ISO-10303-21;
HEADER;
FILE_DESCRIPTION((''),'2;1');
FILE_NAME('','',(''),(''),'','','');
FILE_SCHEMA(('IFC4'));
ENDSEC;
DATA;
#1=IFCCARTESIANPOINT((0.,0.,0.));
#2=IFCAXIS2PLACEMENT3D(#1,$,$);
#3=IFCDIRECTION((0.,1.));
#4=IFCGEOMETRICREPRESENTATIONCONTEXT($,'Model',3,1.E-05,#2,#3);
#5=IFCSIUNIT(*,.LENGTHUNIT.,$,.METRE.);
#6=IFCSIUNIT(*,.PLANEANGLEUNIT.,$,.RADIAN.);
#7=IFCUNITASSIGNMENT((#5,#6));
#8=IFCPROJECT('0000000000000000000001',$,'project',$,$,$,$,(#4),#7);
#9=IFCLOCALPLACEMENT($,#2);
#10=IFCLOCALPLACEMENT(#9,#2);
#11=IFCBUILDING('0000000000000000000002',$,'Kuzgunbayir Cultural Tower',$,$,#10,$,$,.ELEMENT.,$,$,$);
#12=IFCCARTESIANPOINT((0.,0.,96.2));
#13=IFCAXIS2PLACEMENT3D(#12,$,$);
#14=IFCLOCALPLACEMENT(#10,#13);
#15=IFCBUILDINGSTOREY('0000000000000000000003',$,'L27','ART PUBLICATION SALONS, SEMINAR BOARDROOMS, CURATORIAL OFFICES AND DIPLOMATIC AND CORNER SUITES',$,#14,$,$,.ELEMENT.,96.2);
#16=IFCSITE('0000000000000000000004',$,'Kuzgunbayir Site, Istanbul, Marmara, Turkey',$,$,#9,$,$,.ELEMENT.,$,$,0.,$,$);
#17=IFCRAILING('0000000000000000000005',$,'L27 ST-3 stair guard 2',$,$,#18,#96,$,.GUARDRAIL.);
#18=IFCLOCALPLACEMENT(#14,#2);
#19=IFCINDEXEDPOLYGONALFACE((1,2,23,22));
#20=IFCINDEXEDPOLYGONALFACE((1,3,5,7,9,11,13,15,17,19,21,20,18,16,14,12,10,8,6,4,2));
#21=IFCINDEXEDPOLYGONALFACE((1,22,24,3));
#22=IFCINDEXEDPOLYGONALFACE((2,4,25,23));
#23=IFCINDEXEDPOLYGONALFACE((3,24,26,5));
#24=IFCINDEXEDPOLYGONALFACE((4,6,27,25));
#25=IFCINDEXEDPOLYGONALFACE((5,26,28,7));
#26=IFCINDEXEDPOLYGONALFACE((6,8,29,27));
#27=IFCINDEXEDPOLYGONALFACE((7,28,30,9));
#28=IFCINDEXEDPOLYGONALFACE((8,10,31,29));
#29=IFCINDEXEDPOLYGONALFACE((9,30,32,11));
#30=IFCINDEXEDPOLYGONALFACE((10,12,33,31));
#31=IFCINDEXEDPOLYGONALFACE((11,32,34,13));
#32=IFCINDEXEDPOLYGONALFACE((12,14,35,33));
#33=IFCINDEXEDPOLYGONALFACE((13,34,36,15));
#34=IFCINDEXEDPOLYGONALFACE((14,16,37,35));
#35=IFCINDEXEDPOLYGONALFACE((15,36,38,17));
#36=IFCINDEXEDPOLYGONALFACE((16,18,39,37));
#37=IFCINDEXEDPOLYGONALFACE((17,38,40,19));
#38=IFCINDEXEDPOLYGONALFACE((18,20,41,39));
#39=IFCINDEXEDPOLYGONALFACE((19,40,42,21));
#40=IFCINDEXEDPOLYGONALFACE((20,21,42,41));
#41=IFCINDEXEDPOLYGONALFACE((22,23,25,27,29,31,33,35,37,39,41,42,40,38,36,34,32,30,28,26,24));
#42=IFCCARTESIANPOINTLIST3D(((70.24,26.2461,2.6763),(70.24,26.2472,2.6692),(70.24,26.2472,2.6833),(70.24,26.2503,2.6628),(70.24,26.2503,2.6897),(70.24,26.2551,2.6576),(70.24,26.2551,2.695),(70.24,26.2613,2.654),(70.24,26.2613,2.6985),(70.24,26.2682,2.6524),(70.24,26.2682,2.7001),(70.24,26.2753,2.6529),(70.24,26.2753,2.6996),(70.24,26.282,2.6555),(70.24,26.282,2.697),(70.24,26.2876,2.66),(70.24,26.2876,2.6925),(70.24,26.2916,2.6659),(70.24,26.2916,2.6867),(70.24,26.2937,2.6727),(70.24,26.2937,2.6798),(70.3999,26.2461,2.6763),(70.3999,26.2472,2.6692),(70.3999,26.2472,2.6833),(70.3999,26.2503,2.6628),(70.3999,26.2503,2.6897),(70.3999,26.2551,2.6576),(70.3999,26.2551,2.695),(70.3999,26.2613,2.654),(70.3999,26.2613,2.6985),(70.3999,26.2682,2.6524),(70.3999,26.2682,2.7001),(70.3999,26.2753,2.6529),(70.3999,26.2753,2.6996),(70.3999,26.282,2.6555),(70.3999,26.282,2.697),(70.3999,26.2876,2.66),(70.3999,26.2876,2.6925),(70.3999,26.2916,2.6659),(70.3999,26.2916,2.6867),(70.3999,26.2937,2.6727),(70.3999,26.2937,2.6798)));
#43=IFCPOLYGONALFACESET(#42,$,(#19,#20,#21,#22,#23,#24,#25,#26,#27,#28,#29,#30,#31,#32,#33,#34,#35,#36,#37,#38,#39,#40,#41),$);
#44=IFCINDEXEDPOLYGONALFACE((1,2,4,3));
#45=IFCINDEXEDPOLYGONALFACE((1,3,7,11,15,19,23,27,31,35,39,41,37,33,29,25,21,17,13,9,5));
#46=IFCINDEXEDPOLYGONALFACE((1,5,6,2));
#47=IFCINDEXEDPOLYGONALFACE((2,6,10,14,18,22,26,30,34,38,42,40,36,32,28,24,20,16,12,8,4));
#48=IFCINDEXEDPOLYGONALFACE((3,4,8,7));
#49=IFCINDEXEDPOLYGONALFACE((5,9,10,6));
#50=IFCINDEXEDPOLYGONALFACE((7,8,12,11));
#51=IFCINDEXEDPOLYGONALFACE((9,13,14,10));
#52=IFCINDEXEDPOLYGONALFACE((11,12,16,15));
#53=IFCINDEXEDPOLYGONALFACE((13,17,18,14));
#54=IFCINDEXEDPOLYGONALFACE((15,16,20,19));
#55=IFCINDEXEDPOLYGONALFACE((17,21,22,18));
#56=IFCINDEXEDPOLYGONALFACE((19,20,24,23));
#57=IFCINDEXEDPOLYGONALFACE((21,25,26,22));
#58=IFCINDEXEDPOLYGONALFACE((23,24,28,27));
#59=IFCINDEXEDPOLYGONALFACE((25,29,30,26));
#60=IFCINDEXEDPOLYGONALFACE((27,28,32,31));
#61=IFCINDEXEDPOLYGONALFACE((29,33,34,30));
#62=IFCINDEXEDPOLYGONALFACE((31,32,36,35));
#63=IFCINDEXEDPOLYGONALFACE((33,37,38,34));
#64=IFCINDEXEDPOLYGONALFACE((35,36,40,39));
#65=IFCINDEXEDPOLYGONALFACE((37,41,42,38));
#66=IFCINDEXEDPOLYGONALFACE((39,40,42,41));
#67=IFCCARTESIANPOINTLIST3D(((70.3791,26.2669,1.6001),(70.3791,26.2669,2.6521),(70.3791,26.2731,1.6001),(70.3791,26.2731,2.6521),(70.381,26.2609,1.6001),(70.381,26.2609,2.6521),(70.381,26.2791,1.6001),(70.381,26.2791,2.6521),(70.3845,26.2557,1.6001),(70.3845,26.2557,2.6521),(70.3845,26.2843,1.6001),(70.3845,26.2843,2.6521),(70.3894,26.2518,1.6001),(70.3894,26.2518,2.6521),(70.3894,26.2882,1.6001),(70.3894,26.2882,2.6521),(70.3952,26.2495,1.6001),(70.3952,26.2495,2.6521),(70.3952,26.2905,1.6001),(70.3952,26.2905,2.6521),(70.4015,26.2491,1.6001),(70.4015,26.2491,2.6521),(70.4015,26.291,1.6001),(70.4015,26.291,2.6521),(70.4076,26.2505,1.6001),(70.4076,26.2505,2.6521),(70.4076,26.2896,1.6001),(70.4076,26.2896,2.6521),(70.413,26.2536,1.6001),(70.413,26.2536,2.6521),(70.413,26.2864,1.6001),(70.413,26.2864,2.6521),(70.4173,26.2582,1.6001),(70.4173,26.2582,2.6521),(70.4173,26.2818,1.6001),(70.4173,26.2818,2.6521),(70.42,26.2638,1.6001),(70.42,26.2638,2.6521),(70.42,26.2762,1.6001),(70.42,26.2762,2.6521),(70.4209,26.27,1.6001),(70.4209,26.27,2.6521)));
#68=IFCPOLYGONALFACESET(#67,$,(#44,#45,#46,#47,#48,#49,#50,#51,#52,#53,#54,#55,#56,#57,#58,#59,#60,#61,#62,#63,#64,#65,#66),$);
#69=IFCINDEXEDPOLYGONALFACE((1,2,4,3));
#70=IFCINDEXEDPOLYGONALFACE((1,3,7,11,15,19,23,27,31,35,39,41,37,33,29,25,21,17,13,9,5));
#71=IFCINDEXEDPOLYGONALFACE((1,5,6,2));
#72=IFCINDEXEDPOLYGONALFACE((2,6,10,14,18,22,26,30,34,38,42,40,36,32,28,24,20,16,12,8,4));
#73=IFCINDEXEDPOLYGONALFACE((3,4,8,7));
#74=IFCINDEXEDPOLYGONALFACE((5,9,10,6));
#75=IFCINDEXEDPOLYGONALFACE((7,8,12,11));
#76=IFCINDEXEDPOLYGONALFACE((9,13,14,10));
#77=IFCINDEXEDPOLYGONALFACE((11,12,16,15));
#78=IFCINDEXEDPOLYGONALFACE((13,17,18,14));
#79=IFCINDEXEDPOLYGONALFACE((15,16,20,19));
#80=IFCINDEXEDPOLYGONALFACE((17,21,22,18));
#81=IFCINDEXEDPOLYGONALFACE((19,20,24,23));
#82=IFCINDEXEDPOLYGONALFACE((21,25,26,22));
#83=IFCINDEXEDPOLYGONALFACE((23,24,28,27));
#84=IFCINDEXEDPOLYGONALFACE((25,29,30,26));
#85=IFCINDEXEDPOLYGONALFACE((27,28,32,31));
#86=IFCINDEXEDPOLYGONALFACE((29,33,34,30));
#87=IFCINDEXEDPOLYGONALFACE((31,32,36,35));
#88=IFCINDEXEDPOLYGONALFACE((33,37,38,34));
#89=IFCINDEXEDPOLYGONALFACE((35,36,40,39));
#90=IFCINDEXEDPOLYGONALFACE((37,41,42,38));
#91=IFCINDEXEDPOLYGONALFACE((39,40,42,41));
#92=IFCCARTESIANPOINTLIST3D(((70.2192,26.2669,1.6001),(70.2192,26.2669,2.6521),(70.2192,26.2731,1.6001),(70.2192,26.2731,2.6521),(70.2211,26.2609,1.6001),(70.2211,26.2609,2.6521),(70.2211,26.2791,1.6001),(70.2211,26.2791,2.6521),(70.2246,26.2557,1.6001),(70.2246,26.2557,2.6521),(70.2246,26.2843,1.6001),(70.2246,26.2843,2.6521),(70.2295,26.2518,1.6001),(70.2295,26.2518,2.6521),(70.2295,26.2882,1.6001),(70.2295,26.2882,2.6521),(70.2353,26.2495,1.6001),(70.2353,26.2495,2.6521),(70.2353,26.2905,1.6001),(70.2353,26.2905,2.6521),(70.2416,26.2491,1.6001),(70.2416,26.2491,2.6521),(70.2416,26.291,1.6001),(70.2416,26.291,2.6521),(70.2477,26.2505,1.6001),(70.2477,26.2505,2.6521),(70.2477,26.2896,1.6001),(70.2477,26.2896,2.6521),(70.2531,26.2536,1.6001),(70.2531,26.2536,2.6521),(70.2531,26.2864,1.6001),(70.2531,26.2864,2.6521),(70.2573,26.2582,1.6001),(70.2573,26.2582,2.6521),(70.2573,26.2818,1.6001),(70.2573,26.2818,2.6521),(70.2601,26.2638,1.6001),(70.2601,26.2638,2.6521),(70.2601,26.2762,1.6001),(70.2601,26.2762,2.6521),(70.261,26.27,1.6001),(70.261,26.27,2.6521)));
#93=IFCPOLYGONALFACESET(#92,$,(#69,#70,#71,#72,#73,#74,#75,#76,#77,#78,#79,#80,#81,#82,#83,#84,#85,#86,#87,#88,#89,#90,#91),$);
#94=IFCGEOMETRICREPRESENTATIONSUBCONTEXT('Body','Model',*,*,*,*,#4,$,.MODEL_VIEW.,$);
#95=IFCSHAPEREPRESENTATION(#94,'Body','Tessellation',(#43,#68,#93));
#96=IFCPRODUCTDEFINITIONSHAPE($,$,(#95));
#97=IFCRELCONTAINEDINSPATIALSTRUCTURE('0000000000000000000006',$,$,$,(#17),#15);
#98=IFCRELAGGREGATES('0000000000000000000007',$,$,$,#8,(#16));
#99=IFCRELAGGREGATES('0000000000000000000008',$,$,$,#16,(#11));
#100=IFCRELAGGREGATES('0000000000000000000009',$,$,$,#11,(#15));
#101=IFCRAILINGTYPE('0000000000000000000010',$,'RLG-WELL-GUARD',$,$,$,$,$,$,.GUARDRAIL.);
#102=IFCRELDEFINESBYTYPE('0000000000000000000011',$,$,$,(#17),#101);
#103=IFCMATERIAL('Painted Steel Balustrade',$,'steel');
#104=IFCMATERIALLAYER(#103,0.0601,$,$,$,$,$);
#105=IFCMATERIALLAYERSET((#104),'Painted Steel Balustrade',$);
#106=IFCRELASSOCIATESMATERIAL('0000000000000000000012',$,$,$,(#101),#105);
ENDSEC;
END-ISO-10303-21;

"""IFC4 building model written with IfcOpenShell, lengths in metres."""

from ifc_helpers import new_model, si_unit, direction, frame, origin, origin_2d, place, context, subcontext, project, spatial, circle, extrude, material, layer, layer_set, type_object, element, save


model = new_model("IFC4")

# Units and contexts
model_context = context("Model", 3, precision=1e-05, world=origin(), true_north=direction((0.0, 1.0)))
body_context = subcontext(model_context, "Body", "Model", "MODEL_VIEW")
ifc_project = project(units=[si_unit("LENGTHUNIT", "METRE"), si_unit("PLANEANGLEUNIT", "RADIAN")], contexts=[model_context])

# Site, building, storey
site_placement = place(None, origin())
site = spatial("IfcSite", under=ifc_project, at=site_placement, Name="Kuzgunbayir Site, Istanbul, Marmara, Turkey", CompositionType="ELEMENT", RefElevation=0.0)
building_placement = place(site_placement, origin())
building = spatial("IfcBuilding", under=site, at=building_placement, Name="Kuzgunbayir Cultural Tower", CompositionType="ELEMENT")
storey_placement = place(building_placement, frame((0.0, 0.0, 96.2)))
storey = spatial("IfcBuildingStorey", under=building, at=storey_placement, Name="L27", Description="ART PUBLICATION SALONS, SEMINAR BOARDROOMS, CURATORIAL OFFICES AND DIPLOMATIC AND CORNER SUITES", CompositionType="ELEMENT", Elevation=96.2)

# Railing
ifc_material_1 = material(Name="Painted Steel Balustrade", Category="steel")
ifc_layer_1 = layer(ifc_material_1, 0.0601)
ifc_layer_set_1 = layer_set([ifc_layer_1], Name="Painted Steel Balustrade")
railing_type_1 = type_object("IfcRailingType", Name="RLG-WELL-GUARD", PredefinedType="GUARDRAIL", material=ifc_layer_set_1)
railing_1_placement = place(storey_placement, frame((70.3999, 26.27, 1.6001)))
element("IfcRailing", 1, at=railing_1_placement, inside=storey, type_object=railing_type_1, Name="L27 ST-3 stair guard 2", PredefinedType="GUARDRAIL", context=body_context, shape_type="SweptSolid", body=[
    extrude(circle(Radius=0.0239, at=origin_2d()), frame((0.0, 0.0, 1.0762), z_axis=(-1.0, 0.0, 0.0), x_axis=(0.0, -1.0, 0.0)), (0.0, 0.0, 1.0), 0.1599),
    extrude(circle(Radius=0.021, at=origin_2d()), origin(), (0.0, 0.0, 1.0), 1.052),
    extrude(circle(Radius=0.021, at=origin_2d()), frame((-0.1599, 0.0, 0.0)), (0.0, 0.0, 1.0), 1.052),
])

save(model, "model.ifc")
